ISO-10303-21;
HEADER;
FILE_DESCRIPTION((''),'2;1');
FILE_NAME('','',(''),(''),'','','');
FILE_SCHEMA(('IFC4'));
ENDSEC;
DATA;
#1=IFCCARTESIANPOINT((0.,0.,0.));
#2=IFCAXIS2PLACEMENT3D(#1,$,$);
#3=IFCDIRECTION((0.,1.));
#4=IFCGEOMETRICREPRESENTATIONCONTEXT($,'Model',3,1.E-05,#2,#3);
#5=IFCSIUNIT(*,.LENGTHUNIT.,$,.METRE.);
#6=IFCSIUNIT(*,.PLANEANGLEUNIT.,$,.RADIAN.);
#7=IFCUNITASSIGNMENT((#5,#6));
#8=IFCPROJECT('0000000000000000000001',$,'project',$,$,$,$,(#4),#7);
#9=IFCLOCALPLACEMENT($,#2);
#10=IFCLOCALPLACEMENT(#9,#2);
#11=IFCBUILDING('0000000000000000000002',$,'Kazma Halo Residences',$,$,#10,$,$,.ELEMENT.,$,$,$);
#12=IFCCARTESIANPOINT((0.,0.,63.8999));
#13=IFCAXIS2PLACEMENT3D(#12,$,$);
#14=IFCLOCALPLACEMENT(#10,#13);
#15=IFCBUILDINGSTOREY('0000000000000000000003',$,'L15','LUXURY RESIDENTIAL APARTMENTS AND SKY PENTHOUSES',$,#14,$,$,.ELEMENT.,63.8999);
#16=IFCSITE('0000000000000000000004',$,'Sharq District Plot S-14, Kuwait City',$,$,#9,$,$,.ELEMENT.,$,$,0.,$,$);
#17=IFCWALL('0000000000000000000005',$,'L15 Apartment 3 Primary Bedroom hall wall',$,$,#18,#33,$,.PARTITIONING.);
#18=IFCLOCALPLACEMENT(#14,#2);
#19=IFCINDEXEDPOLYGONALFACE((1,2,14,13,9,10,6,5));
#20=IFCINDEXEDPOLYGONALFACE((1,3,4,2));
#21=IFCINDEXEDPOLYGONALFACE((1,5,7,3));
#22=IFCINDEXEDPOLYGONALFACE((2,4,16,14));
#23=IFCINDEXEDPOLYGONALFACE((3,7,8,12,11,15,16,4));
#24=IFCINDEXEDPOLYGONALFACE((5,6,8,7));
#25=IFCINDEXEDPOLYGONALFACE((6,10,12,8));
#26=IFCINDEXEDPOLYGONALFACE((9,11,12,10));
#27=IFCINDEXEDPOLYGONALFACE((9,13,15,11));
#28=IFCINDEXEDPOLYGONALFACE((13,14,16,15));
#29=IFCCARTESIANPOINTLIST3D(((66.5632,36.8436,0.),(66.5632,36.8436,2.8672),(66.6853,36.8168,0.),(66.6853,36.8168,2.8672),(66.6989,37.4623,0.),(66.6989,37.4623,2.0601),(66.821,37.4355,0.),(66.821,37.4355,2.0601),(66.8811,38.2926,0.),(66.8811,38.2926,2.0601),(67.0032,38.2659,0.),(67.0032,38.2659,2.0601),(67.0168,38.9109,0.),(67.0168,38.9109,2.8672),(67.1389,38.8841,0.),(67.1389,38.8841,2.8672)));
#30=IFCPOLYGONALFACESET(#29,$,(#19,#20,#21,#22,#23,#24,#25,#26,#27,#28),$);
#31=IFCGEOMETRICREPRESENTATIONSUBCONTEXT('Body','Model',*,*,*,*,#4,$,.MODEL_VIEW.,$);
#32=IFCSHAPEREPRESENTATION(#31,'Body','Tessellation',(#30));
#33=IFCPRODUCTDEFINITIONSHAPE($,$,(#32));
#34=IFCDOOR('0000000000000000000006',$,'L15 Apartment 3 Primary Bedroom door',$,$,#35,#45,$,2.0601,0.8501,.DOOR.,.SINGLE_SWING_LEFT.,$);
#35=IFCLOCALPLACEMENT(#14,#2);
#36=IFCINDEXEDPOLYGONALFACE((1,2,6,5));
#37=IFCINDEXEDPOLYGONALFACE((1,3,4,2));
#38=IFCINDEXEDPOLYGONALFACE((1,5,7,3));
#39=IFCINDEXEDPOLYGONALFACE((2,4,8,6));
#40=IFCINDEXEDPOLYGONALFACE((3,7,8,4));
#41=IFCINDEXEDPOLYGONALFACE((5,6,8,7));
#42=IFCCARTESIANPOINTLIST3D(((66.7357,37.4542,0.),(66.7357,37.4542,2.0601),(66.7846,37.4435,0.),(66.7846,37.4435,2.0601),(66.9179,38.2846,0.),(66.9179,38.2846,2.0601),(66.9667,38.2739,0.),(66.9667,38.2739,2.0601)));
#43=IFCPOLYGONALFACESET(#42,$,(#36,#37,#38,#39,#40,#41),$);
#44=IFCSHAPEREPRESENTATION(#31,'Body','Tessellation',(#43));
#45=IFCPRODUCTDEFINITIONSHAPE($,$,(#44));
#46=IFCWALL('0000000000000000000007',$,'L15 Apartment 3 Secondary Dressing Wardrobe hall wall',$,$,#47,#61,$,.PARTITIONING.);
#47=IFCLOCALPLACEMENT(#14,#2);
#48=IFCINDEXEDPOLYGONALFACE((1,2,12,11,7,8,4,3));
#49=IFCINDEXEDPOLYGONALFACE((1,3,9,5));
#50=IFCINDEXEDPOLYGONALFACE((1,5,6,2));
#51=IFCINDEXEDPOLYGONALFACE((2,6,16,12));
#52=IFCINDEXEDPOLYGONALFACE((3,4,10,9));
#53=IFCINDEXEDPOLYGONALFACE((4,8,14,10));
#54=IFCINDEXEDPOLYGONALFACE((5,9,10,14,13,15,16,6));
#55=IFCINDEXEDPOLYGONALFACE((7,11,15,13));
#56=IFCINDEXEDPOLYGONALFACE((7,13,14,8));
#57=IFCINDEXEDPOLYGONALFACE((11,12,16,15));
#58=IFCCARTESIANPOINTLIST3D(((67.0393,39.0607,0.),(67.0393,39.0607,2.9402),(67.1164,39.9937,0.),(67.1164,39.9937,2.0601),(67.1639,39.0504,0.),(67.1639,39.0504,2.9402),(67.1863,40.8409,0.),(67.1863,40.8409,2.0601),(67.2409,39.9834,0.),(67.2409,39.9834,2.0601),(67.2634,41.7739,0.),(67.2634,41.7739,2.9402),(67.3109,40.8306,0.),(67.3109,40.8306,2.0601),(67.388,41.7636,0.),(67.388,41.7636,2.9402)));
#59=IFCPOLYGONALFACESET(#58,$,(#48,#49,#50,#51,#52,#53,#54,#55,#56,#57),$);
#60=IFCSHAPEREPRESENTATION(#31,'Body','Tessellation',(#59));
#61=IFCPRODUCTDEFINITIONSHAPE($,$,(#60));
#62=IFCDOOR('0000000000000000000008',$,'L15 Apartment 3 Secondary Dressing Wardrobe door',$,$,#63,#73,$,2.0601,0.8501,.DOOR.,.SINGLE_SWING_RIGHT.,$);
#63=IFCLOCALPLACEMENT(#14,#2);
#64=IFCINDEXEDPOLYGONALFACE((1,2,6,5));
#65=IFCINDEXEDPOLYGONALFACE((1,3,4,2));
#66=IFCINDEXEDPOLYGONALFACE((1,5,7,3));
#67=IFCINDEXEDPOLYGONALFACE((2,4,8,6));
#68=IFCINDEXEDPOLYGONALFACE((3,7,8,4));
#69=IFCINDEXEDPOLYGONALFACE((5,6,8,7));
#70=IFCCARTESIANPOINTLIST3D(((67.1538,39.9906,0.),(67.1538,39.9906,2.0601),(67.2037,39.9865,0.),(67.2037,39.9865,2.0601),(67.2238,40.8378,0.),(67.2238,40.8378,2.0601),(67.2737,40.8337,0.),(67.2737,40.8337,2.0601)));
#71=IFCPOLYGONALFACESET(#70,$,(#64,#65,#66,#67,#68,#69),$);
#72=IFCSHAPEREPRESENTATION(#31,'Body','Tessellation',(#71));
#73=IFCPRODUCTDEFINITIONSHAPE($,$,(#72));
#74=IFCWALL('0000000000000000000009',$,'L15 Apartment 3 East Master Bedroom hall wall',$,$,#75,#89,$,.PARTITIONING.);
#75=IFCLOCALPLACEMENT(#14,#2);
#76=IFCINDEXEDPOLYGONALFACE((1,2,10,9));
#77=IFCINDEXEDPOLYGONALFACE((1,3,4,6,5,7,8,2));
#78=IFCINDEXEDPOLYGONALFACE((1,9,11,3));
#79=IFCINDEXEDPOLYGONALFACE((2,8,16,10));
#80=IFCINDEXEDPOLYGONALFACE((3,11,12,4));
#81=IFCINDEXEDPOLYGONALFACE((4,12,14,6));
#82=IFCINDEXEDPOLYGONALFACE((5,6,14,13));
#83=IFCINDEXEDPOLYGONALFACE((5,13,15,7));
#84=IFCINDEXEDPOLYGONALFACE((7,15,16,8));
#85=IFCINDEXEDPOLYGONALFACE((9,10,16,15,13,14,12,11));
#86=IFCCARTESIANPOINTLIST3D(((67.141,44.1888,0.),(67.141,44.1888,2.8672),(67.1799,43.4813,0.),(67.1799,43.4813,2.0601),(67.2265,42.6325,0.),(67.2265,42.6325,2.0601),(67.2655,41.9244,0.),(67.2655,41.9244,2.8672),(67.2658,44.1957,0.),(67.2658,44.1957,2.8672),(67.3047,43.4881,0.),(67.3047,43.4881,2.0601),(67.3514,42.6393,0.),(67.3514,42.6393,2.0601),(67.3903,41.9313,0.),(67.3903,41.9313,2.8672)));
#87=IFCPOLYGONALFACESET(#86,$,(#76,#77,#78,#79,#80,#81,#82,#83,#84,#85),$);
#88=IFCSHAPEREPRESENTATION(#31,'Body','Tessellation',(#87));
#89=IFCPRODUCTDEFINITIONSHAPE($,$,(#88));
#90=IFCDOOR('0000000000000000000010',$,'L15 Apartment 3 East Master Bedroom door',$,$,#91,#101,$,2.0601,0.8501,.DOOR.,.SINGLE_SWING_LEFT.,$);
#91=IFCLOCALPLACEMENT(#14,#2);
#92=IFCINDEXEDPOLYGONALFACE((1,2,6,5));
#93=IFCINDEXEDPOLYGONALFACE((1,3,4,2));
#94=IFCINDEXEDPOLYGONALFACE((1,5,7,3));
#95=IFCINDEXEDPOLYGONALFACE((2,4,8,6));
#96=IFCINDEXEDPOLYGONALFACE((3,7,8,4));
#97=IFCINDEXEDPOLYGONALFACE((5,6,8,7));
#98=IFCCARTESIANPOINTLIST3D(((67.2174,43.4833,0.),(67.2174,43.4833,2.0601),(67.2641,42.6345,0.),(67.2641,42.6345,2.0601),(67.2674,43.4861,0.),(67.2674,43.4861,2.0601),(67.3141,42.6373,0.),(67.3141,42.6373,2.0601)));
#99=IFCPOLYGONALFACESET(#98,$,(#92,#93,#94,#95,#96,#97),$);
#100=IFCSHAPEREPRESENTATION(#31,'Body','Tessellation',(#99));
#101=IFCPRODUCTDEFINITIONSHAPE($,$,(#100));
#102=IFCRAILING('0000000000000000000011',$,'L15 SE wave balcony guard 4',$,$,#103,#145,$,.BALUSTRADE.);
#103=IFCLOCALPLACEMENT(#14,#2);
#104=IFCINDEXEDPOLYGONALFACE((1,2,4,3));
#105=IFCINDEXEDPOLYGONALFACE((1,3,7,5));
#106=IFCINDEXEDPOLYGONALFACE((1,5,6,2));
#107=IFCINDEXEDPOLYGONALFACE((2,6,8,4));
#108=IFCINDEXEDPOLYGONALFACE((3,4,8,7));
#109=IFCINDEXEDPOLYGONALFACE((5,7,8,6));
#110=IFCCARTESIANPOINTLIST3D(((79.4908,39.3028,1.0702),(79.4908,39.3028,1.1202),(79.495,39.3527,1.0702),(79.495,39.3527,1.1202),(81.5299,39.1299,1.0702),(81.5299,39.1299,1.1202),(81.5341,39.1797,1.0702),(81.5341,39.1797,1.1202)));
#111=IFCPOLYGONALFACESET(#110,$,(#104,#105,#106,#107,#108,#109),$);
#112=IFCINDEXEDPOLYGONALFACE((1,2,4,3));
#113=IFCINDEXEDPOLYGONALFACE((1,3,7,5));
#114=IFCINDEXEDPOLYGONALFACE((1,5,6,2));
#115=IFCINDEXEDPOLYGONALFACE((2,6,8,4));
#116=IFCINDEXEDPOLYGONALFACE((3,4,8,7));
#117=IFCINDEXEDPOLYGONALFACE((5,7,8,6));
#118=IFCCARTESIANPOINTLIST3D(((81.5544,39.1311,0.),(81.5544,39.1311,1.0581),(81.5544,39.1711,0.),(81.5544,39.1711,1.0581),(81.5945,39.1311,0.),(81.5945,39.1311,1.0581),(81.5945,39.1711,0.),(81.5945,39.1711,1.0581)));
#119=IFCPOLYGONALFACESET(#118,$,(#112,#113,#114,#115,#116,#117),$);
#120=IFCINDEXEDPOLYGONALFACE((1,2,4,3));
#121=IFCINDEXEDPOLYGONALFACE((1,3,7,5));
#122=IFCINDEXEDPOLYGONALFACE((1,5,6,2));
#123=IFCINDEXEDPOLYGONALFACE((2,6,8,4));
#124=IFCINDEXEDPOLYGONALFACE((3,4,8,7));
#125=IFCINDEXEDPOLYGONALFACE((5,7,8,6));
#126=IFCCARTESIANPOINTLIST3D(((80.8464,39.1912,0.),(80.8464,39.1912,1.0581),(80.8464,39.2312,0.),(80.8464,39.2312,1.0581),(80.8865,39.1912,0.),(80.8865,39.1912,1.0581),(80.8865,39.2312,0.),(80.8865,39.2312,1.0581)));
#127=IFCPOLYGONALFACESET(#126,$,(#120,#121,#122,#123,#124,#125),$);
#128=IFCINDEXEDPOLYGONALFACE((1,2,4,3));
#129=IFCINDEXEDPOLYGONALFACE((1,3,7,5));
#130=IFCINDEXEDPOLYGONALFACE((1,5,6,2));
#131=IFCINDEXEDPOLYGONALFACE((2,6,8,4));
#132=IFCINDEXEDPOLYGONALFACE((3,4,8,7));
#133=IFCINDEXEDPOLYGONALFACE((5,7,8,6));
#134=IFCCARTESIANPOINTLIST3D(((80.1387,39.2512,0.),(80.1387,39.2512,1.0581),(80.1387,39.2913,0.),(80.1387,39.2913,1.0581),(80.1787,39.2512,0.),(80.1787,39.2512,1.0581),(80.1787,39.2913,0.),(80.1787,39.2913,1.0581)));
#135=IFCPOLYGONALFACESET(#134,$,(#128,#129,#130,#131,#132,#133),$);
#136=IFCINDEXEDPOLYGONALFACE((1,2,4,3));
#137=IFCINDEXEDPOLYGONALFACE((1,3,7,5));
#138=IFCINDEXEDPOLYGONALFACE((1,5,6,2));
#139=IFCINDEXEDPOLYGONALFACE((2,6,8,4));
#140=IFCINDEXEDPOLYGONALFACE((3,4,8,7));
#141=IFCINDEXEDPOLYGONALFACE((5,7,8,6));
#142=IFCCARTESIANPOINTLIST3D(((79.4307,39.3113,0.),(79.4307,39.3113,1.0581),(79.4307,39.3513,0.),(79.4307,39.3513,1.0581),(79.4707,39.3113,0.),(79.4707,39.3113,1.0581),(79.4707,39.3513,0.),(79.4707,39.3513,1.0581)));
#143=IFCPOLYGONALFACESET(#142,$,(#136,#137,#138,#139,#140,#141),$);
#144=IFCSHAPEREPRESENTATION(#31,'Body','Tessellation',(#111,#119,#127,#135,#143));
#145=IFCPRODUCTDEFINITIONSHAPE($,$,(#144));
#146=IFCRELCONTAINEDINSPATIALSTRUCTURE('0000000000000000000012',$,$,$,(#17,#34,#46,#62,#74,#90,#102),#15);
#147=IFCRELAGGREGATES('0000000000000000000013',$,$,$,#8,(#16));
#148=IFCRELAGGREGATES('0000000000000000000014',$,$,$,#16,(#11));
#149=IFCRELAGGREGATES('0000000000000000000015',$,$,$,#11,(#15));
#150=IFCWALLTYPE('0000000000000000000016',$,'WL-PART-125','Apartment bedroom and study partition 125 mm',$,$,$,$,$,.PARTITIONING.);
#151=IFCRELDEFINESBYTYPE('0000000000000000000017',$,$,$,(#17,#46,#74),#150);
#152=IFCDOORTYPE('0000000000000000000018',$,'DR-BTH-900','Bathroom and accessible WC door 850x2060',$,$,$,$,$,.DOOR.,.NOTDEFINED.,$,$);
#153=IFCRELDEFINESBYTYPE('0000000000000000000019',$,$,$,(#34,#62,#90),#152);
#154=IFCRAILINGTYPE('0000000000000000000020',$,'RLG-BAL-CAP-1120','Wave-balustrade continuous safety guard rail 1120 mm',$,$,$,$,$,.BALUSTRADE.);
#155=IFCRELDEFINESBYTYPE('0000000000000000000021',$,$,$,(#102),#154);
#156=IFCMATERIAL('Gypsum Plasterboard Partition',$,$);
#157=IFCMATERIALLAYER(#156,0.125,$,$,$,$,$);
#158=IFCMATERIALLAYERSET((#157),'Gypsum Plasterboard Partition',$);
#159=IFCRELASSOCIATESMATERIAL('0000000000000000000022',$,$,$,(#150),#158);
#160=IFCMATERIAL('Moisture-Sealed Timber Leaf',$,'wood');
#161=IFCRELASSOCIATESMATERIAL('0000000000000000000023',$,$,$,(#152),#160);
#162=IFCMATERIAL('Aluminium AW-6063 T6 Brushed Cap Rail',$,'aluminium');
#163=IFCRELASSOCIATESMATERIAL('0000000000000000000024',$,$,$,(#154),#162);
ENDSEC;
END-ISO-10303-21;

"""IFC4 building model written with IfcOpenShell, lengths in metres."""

from ifc_helpers import new_model, si_unit, direction, frame, frame_2d, origin, origin_2d, place, context, subcontext, project, spatial, rectangle, extrude, material, layer, layer_set, type_object, element, fill, save


model = new_model("IFC4")

# Units and contexts
model_context = context("Model", 3, precision=1e-05, world=origin(), true_north=direction((0.0, 1.0)))
body_context = subcontext(model_context, "Body", "Model", "MODEL_VIEW")
ifc_project = project(units=[si_unit("LENGTHUNIT", "METRE"), si_unit("PLANEANGLEUNIT", "RADIAN")], contexts=[model_context])

# Site, building, storey
site_placement = place(None, origin())
site = spatial("IfcSite", under=ifc_project, at=site_placement, Name="Sharq District Plot S-14, Kuwait City", CompositionType="ELEMENT", RefElevation=0.0)
building_placement = place(site_placement, origin())
building = spatial("IfcBuilding", under=site, at=building_placement, Name="Kazma Halo Residences", CompositionType="ELEMENT")
storey_placement = place(building_placement, frame((0.0, 0.0, 63.8999)))
storey = spatial("IfcBuildingStorey", under=building, at=storey_placement, Name="L15", Description="LUXURY RESIDENTIAL APARTMENTS AND SKY PENTHOUSES", CompositionType="ELEMENT", Elevation=63.8999)

# Shared definitions
ifc_material_1 = material(Name="Gypsum Plasterboard Partition")
ifc_layer_1 = layer(ifc_material_1, 0.125)
ifc_layer_set_1 = layer_set([ifc_layer_1], Name="Gypsum Plasterboard Partition")
wall_type_1 = type_object("IfcWallType", Name="WL-PART-125", Description="Apartment bedroom and study partition 125 mm", PredefinedType="PARTITIONING", material=ifc_layer_set_1)

# Shared definitions
ifc_material_2 = material(Name="Moisture-Sealed Timber Leaf", Category="wood")
door_type = type_object("IfcDoorType", Name="DR-BTH-900", Description="Bathroom and accessible WC door 850x2060", OperationType="NOTDEFINED", PredefinedType="DOOR", material=ifc_material_2)

# Walls, openings, doors
wall_1_placement = place(storey_placement, frame((66.6243, 36.8303, 0.0), z_axis=(0.0, 0.0, 1.0), x_axis=(0.214316, 0.976764, 0.0)))
wall_1 = element("IfcWall", 1, at=wall_1_placement, inside=storey, type_object=wall_type_1, Name="L15 Apartment 3 Primary Bedroom hall wall", PredefinedType="PARTITIONING", context=body_context, shape_type="SweptSolid", body=[
    extrude(rectangle(XDim=2.1165, YDim=0.125, at=frame_2d((1.0581, 0.0))), origin(), (0.0, 0.0, 1.0), 2.8672),
])
opening_1_placement = place(wall_1_placement, frame((0.6333, 0.0, 0.0)))
opening_1 = element("IfcOpeningElement", 2, at=opening_1_placement, cuts=wall_1, PredefinedType="OPENING", context=body_context, shape_type="SweptSolid", body=[
    extrude(rectangle(XDim=0.8501, YDim=2.0601, at=frame_2d((0.425, 1.03))), frame((0.0, 0.0725, 0.0), z_axis=(0.0, -1.0, 0.0), x_axis=(1.0, 0.0, 0.0)), (0.0, 0.0, 1.0), 0.145),
])
door_1_placement = place(opening_1_placement, origin())
door_1 = element("IfcDoor", 3, at=door_1_placement, inside=storey, type_object=door_type, Name="L15 Apartment 3 Primary Bedroom door", OperationType="SINGLE_SWING_LEFT", OverallHeight=2.0601, OverallWidth=0.8501, PredefinedType="DOOR", context=body_context, shape_type="SweptSolid", body=[
    extrude(rectangle(XDim=0.8501, YDim=2.0601, at=frame_2d((0.425, 1.03))), frame((0.0, 0.0249, 0.0), z_axis=(0.0, -1.0, 0.0), x_axis=(1.0, 0.0, 0.0)), (0.0, 0.0, 1.0), 0.05),
])
fill(opening_1, door_1)
wall_2_placement = place(storey_placement, frame((67.1016, 39.0554, 0.0), z_axis=(0.0, 0.0, 1.0), x_axis=(0.082326, 0.996605, 0.0)))
wall_2 = element("IfcWall", 4, at=wall_2_placement, inside=storey, type_object=wall_type_1, Name="L15 Apartment 3 Secondary Dressing Wardrobe hall wall", PredefinedType="PARTITIONING", context=body_context, shape_type="SweptSolid", body=[
    extrude(rectangle(XDim=2.7224, YDim=0.125, at=frame_2d((1.3613, 0.0))), origin(), (0.0, 0.0, 1.0), 2.9402),
])
opening_2_placement = place(wall_2_placement, frame((0.9363, 0.0, 0.0)))
opening_2 = element("IfcOpeningElement", 5, at=opening_2_placement, cuts=wall_2, PredefinedType="OPENING", context=body_context, shape_type="SweptSolid", body=[
    extrude(rectangle(XDim=0.8501, YDim=2.0601, at=frame_2d((0.425, 1.03))), frame((0.0, 0.0725, 0.0), z_axis=(0.0, -1.0, 0.0), x_axis=(1.0, 0.0, 0.0)), (0.0, 0.0, 1.0), 0.145),
])
door_2_placement = place(opening_2_placement, origin())
door_2 = element("IfcDoor", 6, at=door_2_placement, inside=storey, type_object=door_type, Name="L15 Apartment 3 Secondary Dressing Wardrobe door", OperationType="SINGLE_SWING_RIGHT", OverallHeight=2.0601, OverallWidth=0.8501, PredefinedType="DOOR", context=body_context, shape_type="SweptSolid", body=[
    extrude(rectangle(XDim=0.8501, YDim=2.0601, at=frame_2d((0.425, 1.03))), frame((0.0, 0.0249, 0.0), z_axis=(0.0, -1.0, 0.0), x_axis=(1.0, 0.0, 0.0)), (0.0, 0.0, 1.0), 0.05),
])
fill(opening_2, door_2)
wall_3_placement = place(storey_placement, frame((67.3279, 41.928, 0.0), z_axis=(0.0, 0.0, 1.0), x_axis=(-0.054904, 0.998492, 0.0)))
wall_3 = element("IfcWall", 7, at=wall_3_placement, inside=storey, type_object=wall_type_1, Name="L15 Apartment 3 East Master Bedroom hall wall", PredefinedType="PARTITIONING", context=body_context, shape_type="SweptSolid", body=[
    extrude(rectangle(XDim=2.2678, YDim=0.125, at=frame_2d((1.1338, 0.0))), origin(), (0.0, 0.0, 1.0), 2.8672),
])
opening_3_placement = place(wall_3_placement, frame((0.709, 0.0, 0.0)))
opening_3 = element("IfcOpeningElement", 8, at=opening_3_placement, cuts=wall_3, PredefinedType="OPENING", context=body_context, shape_type="SweptSolid", body=[
    extrude(rectangle(XDim=0.8501, YDim=2.0601, at=frame_2d((0.425, 1.03))), frame((0.0, 0.0725, 0.0), z_axis=(0.0, -1.0, 0.0), x_axis=(1.0, 0.0, 0.0)), (0.0, 0.0, 1.0), 0.145),
])
door_3_placement = place(opening_3_placement, origin())
door_3 = element("IfcDoor", 9, at=door_3_placement, inside=storey, type_object=door_type, Name="L15 Apartment 3 East Master Bedroom door", OperationType="SINGLE_SWING_LEFT", OverallHeight=2.0601, OverallWidth=0.8501, PredefinedType="DOOR", context=body_context, shape_type="SweptSolid", body=[
    extrude(rectangle(XDim=0.8501, YDim=2.0601, at=frame_2d((0.425, 1.03))), frame((0.0, 0.0249, 0.0), z_axis=(0.0, -1.0, 0.0), x_axis=(1.0, 0.0, 0.0)), (0.0, 0.0, 1.0), 0.05),
])
fill(opening_3, door_3)

# Railing
ifc_material_3 = material(Name="Aluminium AW-6063 T6 Brushed Cap Rail", Category="aluminium")
railing_type = type_object("IfcRailingType", Name="RLG-BAL-CAP-1120", Description="Wave-balustrade continuous safety guard rail 1120 mm", PredefinedType="BALUSTRADE", material=ifc_material_3)
railing_placement = place(storey_placement, frame((81.5745, 39.1511, 0.0)))
element("IfcRailing", 10, at=railing_placement, inside=storey, type_object=railing_type, Name="L15 SE wave balcony guard 4", PredefinedType="BALUSTRADE", context=body_context, shape_type="SweptSolid", body=[
    extrude(rectangle(XDim=0.05, YDim=0.05, at=origin_2d()), frame((-0.0425, 0.0037, 1.0952), z_axis=(-0.996421, 0.084534, 0.0), x_axis=(-0.084534, -0.996421, 0.0)), (0.0, 0.0, 1.0), 2.0464),
    extrude(rectangle(XDim=0.04, YDim=0.04, at=origin_2d()), origin(), (0.0, 0.0, 1.0), 1.0581),
    extrude(rectangle(XDim=0.04, YDim=0.04, at=origin_2d()), frame((-0.708, 0.0601, 0.0)), (0.0, 0.0, 1.0), 1.0581),
    extrude(rectangle(XDim=0.04, YDim=0.04, at=origin_2d()), frame((-1.4158, 0.1201, 0.0)), (0.0, 0.0, 1.0), 1.0581),
    extrude(rectangle(XDim=0.04, YDim=0.04, at=origin_2d()), frame((-2.1238, 0.1802, 0.0)), (0.0, 0.0, 1.0), 1.0581),
])

save(model, "model.ifc")
